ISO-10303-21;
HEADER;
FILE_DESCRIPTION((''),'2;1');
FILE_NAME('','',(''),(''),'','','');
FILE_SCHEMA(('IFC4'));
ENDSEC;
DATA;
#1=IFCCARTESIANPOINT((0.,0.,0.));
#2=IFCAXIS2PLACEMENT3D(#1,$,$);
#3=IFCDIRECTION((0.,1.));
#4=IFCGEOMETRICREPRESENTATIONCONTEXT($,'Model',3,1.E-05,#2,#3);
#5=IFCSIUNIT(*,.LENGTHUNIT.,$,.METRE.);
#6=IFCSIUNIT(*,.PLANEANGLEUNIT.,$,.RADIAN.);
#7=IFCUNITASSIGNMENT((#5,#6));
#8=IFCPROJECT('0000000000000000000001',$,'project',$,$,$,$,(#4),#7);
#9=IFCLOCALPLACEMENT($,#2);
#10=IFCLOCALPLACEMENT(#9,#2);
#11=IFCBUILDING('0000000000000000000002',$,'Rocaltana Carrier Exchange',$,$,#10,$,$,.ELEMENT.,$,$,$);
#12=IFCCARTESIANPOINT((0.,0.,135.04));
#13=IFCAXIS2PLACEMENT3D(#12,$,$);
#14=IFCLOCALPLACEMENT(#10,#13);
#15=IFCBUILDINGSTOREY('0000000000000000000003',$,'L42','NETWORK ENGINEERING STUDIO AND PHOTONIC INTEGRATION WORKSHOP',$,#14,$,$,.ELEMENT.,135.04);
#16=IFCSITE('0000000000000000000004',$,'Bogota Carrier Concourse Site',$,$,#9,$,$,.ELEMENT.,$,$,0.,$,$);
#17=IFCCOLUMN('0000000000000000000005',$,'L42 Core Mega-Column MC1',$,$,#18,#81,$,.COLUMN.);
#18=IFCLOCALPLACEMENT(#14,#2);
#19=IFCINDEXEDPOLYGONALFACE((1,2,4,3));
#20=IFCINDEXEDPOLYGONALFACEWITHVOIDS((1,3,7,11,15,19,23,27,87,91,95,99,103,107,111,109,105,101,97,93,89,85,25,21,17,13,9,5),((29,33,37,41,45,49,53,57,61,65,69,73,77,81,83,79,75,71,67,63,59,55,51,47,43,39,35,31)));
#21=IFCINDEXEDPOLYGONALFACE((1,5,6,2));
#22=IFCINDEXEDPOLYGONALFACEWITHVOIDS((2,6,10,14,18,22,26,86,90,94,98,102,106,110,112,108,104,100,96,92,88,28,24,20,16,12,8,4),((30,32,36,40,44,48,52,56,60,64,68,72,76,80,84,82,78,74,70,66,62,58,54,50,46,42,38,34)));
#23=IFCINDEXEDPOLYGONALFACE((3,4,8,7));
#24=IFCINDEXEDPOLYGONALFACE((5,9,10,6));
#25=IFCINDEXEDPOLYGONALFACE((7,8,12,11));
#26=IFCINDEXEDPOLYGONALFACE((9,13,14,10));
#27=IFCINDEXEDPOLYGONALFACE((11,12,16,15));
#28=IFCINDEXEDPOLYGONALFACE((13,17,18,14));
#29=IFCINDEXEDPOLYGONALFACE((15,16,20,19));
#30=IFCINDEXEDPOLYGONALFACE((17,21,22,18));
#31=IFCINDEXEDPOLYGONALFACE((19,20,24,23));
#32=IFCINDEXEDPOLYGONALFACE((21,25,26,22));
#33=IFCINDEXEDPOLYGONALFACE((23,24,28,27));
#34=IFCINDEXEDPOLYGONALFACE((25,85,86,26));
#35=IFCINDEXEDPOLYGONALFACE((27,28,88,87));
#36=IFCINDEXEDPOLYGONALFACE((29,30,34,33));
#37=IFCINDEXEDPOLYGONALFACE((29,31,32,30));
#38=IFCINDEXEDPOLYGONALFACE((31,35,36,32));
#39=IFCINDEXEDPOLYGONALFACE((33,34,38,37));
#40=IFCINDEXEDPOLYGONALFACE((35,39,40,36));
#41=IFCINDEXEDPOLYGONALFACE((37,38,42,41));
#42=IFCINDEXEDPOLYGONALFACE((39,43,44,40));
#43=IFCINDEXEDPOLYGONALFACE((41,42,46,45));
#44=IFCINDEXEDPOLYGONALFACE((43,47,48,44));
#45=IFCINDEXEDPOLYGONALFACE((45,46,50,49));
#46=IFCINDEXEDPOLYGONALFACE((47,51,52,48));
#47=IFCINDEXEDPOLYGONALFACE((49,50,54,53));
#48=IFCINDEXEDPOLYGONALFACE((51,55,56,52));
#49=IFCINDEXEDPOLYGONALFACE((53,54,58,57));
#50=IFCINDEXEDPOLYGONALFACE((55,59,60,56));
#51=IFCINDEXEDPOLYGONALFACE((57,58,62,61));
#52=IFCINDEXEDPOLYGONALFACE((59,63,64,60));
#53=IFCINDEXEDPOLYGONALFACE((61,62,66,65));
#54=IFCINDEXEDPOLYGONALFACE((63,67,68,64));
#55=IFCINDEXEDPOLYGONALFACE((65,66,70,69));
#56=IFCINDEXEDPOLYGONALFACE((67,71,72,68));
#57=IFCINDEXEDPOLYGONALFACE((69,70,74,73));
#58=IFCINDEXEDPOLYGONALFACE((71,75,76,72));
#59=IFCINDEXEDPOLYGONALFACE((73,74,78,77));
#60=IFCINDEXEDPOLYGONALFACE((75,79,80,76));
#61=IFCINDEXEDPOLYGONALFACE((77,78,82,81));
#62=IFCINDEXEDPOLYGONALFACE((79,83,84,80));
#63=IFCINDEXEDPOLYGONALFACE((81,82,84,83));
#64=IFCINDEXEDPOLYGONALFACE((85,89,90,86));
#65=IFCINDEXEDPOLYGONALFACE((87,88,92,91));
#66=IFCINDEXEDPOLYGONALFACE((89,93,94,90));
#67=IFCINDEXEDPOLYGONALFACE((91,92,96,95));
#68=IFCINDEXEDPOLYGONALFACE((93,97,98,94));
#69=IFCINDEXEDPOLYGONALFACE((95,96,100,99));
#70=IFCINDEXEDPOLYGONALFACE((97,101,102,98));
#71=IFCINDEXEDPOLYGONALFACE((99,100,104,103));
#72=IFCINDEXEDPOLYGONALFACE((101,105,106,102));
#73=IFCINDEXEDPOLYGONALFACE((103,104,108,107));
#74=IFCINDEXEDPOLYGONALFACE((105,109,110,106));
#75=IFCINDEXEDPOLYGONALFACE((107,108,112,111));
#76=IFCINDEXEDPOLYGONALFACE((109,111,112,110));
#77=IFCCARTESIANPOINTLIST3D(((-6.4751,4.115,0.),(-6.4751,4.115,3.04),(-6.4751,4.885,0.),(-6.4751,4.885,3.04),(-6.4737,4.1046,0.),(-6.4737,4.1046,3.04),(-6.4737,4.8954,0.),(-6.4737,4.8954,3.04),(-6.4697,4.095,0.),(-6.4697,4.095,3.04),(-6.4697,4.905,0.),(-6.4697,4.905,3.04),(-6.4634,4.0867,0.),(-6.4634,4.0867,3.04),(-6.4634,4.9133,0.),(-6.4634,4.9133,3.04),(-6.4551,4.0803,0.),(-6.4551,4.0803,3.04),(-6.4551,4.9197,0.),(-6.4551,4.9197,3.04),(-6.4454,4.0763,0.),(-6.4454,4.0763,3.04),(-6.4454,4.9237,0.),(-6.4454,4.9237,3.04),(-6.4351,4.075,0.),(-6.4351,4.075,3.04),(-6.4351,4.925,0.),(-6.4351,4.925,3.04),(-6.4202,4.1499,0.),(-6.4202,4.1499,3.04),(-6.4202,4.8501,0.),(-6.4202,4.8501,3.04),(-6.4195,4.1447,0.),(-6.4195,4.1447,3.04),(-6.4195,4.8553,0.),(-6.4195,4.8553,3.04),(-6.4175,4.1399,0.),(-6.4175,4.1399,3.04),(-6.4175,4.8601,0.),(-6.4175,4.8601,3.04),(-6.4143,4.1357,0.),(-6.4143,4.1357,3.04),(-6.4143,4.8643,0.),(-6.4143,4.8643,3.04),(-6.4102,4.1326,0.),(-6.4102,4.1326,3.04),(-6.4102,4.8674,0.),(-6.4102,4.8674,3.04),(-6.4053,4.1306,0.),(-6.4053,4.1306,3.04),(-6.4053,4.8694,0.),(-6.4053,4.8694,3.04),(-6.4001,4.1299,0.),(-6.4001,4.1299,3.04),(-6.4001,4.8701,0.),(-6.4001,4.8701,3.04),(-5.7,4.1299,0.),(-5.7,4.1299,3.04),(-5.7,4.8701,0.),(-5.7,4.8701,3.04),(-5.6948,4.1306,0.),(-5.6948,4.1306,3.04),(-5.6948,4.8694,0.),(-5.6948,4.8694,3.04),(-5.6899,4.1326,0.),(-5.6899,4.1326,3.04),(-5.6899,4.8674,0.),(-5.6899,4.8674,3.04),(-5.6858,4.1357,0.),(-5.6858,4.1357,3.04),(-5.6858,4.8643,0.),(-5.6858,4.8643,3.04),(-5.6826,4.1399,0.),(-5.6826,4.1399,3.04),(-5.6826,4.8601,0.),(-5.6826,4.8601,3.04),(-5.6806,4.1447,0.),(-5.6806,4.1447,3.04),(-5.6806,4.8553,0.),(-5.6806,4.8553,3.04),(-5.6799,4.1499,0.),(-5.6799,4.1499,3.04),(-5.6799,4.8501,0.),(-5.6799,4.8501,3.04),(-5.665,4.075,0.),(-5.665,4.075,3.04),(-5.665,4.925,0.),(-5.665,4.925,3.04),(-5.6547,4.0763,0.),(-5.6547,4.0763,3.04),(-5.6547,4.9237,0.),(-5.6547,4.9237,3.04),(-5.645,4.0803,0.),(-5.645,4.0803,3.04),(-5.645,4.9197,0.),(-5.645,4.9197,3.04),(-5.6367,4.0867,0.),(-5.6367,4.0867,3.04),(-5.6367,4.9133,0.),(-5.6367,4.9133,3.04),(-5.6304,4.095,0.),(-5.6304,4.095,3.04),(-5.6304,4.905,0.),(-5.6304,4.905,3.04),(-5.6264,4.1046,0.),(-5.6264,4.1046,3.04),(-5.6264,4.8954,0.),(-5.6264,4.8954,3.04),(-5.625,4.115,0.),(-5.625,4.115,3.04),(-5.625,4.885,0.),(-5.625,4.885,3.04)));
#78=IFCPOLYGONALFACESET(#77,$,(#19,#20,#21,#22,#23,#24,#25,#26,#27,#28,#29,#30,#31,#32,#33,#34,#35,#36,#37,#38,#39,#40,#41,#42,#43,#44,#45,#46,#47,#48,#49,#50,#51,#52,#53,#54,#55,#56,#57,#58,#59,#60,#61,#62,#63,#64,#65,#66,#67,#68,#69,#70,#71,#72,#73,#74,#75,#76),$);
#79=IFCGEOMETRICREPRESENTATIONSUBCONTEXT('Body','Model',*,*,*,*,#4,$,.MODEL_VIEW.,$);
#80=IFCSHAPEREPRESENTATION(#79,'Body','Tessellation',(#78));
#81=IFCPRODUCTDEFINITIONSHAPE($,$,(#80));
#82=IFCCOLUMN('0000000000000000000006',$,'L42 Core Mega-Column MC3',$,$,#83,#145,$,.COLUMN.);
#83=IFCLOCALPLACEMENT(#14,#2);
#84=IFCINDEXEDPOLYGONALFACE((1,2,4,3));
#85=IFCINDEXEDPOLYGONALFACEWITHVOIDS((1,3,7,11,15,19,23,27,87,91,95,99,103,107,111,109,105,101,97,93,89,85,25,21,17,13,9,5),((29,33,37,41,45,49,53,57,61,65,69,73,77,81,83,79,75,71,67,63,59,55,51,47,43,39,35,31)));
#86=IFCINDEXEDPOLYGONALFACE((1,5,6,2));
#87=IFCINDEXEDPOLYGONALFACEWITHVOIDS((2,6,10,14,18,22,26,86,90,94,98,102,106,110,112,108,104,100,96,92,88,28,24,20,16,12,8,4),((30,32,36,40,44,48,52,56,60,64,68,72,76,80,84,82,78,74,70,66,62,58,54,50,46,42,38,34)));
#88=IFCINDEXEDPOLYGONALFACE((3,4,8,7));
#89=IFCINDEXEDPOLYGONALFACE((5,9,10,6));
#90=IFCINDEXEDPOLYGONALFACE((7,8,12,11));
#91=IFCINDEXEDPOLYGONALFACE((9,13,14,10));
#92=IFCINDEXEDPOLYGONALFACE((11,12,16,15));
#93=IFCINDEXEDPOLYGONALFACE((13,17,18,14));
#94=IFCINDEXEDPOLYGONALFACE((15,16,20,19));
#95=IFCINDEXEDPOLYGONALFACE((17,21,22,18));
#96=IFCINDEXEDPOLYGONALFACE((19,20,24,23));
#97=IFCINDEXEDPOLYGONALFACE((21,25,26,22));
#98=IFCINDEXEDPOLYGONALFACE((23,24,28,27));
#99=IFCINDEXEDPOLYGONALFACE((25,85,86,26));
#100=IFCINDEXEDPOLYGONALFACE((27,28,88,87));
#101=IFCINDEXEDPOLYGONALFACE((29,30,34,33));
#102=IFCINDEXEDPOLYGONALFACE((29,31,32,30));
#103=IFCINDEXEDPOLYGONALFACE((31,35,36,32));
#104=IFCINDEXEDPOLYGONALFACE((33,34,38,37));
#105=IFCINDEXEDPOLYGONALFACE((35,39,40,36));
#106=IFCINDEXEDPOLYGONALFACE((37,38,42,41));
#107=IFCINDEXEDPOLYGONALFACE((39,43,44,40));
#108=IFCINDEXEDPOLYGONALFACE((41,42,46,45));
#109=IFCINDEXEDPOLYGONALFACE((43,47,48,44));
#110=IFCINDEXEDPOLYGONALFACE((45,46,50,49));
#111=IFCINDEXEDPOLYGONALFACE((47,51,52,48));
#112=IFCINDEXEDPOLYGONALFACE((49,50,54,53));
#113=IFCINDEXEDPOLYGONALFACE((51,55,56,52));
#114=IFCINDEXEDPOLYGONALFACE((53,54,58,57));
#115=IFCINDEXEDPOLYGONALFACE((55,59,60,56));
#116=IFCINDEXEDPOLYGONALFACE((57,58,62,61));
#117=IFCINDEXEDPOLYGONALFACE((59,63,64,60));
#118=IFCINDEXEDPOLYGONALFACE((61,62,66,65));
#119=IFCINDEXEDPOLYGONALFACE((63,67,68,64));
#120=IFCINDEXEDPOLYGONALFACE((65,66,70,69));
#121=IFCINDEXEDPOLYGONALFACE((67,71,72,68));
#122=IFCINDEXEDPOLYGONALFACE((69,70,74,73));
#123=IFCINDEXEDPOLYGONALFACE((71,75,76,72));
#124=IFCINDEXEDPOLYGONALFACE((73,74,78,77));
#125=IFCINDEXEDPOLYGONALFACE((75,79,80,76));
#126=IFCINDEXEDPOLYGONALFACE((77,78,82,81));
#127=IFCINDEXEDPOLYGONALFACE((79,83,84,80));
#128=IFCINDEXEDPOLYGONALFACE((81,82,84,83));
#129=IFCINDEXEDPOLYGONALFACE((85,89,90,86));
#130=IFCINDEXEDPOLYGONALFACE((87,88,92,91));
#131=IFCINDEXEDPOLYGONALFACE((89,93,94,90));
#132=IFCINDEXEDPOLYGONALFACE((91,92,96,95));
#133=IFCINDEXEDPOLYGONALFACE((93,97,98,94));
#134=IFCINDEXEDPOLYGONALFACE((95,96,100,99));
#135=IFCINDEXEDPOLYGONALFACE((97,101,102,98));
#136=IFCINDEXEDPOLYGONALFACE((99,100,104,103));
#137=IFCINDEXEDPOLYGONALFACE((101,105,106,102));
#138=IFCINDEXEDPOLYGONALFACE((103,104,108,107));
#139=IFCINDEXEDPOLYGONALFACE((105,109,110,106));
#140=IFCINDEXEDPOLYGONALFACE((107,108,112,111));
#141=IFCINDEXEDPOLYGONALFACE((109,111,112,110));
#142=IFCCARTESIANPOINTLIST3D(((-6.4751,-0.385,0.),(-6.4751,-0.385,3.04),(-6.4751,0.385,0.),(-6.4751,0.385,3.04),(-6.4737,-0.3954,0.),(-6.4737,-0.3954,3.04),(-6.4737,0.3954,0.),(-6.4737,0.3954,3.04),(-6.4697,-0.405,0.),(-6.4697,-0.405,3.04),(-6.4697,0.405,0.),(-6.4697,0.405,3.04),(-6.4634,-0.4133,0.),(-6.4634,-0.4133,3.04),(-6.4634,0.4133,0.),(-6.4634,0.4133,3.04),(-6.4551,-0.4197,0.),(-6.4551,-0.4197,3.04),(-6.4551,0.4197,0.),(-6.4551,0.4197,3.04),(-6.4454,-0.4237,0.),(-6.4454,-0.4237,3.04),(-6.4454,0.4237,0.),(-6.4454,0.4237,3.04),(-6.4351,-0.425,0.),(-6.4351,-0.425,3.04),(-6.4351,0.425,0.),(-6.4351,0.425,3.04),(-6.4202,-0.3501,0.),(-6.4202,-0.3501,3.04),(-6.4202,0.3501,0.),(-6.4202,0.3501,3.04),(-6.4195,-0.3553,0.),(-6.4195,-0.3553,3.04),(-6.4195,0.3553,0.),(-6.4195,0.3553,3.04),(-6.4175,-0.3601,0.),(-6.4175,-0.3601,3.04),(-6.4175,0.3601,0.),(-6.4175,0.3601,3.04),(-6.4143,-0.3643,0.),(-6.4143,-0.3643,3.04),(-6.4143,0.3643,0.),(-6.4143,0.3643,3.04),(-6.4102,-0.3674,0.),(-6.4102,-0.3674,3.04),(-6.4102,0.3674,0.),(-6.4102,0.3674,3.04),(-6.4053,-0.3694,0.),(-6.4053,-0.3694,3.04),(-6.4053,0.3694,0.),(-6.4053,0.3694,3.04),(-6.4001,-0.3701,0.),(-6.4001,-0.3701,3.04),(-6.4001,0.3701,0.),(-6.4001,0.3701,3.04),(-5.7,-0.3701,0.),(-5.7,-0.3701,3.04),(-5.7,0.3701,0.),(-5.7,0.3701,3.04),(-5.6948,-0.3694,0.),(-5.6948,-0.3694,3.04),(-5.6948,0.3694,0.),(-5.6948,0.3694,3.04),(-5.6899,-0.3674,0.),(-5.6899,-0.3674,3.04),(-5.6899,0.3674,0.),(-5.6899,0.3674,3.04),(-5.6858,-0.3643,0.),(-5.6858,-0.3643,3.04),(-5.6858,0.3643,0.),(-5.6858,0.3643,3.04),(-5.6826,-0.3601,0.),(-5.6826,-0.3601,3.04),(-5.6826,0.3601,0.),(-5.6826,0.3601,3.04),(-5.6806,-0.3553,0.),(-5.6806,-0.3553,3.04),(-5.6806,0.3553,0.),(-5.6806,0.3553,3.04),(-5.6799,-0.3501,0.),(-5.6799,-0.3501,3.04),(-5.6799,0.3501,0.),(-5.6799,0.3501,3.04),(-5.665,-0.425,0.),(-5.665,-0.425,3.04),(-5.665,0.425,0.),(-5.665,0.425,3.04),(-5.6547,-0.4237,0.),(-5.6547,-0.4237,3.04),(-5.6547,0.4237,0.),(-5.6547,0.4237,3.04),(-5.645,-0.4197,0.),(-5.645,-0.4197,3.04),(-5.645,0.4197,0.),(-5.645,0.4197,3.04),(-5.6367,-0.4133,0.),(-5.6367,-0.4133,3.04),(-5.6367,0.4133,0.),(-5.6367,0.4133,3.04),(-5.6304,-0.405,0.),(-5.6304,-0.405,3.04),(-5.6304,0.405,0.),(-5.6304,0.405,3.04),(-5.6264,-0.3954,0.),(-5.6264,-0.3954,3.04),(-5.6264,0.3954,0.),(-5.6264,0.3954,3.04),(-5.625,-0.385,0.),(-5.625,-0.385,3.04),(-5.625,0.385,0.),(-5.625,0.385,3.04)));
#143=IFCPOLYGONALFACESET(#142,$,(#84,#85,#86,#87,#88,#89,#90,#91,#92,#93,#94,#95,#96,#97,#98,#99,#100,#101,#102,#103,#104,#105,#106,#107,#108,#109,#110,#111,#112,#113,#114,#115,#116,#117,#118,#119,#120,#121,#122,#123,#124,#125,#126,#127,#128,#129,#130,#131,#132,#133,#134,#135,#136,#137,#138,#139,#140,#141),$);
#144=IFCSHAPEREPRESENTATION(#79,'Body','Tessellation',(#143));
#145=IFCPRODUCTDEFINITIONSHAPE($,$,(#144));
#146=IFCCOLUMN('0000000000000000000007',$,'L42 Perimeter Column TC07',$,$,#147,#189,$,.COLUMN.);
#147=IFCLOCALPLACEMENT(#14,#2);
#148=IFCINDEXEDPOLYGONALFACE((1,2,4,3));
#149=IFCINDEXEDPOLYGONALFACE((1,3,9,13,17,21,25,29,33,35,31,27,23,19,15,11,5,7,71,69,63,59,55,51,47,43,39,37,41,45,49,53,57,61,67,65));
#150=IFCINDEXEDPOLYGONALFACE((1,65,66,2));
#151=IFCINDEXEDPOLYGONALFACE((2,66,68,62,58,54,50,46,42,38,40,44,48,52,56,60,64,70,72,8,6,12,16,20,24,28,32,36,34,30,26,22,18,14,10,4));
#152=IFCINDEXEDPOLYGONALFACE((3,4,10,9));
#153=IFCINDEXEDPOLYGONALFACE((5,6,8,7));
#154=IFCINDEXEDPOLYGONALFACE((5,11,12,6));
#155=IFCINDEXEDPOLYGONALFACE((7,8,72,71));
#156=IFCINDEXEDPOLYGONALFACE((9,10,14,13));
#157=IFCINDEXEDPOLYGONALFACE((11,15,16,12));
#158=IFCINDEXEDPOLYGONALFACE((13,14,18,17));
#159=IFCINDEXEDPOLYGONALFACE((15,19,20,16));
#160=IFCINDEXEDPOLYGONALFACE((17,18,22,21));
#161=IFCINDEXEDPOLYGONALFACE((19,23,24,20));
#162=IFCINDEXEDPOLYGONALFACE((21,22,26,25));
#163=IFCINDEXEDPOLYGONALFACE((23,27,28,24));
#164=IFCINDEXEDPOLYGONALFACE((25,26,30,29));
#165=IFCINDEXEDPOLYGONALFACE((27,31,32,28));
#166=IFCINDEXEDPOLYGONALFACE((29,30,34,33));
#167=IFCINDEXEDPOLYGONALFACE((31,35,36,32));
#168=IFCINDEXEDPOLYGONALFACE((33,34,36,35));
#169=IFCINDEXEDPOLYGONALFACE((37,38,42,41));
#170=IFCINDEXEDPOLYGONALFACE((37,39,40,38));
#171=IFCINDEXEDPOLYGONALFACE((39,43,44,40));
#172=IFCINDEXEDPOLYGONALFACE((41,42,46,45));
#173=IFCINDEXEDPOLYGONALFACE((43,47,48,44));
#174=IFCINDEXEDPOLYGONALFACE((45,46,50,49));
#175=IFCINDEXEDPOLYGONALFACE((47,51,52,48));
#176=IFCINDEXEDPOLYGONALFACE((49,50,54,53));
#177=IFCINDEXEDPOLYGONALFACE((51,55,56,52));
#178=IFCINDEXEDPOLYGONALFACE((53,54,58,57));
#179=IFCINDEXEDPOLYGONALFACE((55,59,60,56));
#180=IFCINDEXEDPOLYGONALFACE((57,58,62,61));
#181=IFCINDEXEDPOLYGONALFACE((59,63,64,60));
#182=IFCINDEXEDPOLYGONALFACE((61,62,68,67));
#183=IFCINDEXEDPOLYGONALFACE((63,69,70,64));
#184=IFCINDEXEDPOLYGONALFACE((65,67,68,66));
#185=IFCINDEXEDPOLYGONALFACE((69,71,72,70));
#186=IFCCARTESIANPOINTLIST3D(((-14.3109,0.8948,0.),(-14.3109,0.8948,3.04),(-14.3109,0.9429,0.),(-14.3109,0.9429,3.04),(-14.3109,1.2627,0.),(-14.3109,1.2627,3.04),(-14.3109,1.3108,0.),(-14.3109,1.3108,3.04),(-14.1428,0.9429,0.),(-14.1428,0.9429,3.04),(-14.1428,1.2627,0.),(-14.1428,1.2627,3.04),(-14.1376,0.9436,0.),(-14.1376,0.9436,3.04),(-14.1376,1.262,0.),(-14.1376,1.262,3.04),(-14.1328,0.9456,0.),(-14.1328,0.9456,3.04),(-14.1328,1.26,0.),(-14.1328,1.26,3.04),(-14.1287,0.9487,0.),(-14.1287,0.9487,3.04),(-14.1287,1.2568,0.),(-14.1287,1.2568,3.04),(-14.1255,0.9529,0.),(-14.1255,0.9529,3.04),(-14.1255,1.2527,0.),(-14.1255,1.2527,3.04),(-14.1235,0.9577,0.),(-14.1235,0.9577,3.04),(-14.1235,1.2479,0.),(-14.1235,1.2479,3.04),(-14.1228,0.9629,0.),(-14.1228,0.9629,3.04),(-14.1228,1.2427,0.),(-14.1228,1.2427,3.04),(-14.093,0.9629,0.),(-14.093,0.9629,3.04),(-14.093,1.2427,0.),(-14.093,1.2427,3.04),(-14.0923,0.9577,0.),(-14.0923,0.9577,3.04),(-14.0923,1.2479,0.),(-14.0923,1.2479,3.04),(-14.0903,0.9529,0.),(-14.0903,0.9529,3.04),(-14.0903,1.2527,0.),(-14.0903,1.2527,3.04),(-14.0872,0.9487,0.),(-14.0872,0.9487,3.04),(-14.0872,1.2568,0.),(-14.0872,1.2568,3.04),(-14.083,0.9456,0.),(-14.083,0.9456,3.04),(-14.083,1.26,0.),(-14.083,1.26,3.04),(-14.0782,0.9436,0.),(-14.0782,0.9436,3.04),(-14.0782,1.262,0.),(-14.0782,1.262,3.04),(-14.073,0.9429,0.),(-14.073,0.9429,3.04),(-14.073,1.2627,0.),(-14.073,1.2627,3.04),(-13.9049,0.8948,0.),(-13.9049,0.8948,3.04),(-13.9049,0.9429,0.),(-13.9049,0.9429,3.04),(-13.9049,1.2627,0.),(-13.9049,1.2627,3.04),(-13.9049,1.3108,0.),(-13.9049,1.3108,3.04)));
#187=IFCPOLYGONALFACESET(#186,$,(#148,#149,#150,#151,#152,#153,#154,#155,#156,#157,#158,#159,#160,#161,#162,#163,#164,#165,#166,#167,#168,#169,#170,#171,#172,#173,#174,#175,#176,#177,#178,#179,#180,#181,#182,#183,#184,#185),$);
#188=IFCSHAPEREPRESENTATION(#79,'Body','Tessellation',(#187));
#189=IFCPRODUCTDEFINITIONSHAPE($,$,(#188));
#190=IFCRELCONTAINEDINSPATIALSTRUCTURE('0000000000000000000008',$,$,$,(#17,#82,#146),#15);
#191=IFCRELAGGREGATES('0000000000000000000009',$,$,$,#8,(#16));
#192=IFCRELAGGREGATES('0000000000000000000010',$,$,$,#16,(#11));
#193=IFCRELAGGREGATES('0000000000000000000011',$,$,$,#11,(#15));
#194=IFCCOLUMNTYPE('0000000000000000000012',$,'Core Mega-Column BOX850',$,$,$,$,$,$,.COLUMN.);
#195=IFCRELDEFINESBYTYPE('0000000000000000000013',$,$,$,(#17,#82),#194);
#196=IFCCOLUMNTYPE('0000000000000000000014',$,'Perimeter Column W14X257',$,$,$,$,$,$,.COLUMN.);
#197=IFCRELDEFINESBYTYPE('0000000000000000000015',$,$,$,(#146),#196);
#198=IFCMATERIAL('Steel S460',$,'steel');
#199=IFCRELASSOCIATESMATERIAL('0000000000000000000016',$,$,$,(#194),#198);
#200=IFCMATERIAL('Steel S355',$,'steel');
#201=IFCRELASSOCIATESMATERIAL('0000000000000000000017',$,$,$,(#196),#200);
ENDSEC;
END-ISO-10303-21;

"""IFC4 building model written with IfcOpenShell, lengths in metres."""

from ifc_helpers import new_model, si_unit, direction, frame, origin, origin_2d, place, context, subcontext, project, spatial, hollow_rectangle, i_section, extrude, material, material_profile, profile_set, type_object, element, save


model = new_model("IFC4")

# Units and contexts
model_context = context("Model", 3, precision=1e-05, world=origin(), true_north=direction((0.0, 1.0)))
body_context = subcontext(model_context, "Body", "Model", "MODEL_VIEW")
ifc_project = project(units=[si_unit("LENGTHUNIT", "METRE"), si_unit("PLANEANGLEUNIT", "RADIAN")], contexts=[model_context])

# Site, building, storey
site_placement = place(None, origin())
site = spatial("IfcSite", under=ifc_project, at=site_placement, Name="Bogota Carrier Concourse Site", CompositionType="ELEMENT", RefElevation=0.0)
building_placement = place(site_placement, origin())
building = spatial("IfcBuilding", under=site, at=building_placement, Name="Rocaltana Carrier Exchange", CompositionType="ELEMENT")
storey_placement = place(building_placement, frame((0.0, 0.0, 135.04)))
storey = spatial("IfcBuildingStorey", under=building, at=storey_placement, Name="L42", Description="NETWORK ENGINEERING STUDIO AND PHOTONIC INTEGRATION WORKSHOP", CompositionType="ELEMENT", Elevation=135.04)

# Columns
ifc_material_1 = material(Name="Steel S460", Category="steel")
ifc_material_profile_1 = material_profile(ifc_material_1, hollow_rectangle(XDim=0.8501, YDim=0.8501, WallThickness=0.0549, InnerFilletRadius=0.02, OuterFilletRadius=0.04, at=origin_2d()), Name="BOX850X850X55")
ifc_profile_set_1 = profile_set([ifc_material_profile_1], Name="Steel S460")
column_type_1 = type_object("IfcColumnType", Name="Core Mega-Column BOX850", PredefinedType="COLUMN", material=ifc_profile_set_1)
for number, where, z_axis, x_axis, name in (
    (1, (-6.05, 4.5, 0.0), (0.0, 0.0, 1.0), (1.0, 0.0, 0.0), "L42 Core Mega-Column MC1"),
    (2, (-6.05, 0.0, 0.0), (0.0, 0.0, 1.0), (1.0, 0.0, 0.0), "L42 Core Mega-Column MC3"),
):
    element("IfcColumn", number, at=place(storey_placement, frame(where, z_axis=z_axis, x_axis=x_axis)), inside=storey, type_object=column_type_1, Name=name, PredefinedType="COLUMN", context=body_context, shape_type="SweptSolid", body=[
        extrude(hollow_rectangle(XDim=0.8501, YDim=0.8501, WallThickness=0.0549, InnerFilletRadius=0.02, OuterFilletRadius=0.04, at=origin_2d()), origin(), (0.0, 0.0, 1.0), 3.04),
    ])
ifc_material_2 = material(Name="Steel S355", Category="steel")
ifc_material_profile_2 = material_profile(ifc_material_2, i_section(OverallWidth=0.406, OverallDepth=0.416, WebThickness=0.0298, FlangeThickness=0.0481, FilletRadius=0.02, at=origin_2d()), Name="W14X257")
ifc_profile_set_2 = profile_set([ifc_material_profile_2], Name="Steel S355")
column_type_2 = type_object("IfcColumnType", Name="Perimeter Column W14X257", PredefinedType="COLUMN", material=ifc_profile_set_2)
column_placement = place(storey_placement, frame((-14.1079, 1.1028, 0.0), z_axis=(0.0, 0.0, 1.0), x_axis=(1.0, 0.0, 0.0)))
element("IfcColumn", 3, at=column_placement, inside=storey, type_object=column_type_2, Name="L42 Perimeter Column TC07", PredefinedType="COLUMN", context=body_context, shape_type="SweptSolid", body=[
    extrude(i_section(OverallWidth=0.406, OverallDepth=0.416, WebThickness=0.0298, FlangeThickness=0.0481, FilletRadius=0.02, at=origin_2d()), origin(), (0.0, 0.0, 1.0), 3.04),
])

save(model, "model.ifc")
